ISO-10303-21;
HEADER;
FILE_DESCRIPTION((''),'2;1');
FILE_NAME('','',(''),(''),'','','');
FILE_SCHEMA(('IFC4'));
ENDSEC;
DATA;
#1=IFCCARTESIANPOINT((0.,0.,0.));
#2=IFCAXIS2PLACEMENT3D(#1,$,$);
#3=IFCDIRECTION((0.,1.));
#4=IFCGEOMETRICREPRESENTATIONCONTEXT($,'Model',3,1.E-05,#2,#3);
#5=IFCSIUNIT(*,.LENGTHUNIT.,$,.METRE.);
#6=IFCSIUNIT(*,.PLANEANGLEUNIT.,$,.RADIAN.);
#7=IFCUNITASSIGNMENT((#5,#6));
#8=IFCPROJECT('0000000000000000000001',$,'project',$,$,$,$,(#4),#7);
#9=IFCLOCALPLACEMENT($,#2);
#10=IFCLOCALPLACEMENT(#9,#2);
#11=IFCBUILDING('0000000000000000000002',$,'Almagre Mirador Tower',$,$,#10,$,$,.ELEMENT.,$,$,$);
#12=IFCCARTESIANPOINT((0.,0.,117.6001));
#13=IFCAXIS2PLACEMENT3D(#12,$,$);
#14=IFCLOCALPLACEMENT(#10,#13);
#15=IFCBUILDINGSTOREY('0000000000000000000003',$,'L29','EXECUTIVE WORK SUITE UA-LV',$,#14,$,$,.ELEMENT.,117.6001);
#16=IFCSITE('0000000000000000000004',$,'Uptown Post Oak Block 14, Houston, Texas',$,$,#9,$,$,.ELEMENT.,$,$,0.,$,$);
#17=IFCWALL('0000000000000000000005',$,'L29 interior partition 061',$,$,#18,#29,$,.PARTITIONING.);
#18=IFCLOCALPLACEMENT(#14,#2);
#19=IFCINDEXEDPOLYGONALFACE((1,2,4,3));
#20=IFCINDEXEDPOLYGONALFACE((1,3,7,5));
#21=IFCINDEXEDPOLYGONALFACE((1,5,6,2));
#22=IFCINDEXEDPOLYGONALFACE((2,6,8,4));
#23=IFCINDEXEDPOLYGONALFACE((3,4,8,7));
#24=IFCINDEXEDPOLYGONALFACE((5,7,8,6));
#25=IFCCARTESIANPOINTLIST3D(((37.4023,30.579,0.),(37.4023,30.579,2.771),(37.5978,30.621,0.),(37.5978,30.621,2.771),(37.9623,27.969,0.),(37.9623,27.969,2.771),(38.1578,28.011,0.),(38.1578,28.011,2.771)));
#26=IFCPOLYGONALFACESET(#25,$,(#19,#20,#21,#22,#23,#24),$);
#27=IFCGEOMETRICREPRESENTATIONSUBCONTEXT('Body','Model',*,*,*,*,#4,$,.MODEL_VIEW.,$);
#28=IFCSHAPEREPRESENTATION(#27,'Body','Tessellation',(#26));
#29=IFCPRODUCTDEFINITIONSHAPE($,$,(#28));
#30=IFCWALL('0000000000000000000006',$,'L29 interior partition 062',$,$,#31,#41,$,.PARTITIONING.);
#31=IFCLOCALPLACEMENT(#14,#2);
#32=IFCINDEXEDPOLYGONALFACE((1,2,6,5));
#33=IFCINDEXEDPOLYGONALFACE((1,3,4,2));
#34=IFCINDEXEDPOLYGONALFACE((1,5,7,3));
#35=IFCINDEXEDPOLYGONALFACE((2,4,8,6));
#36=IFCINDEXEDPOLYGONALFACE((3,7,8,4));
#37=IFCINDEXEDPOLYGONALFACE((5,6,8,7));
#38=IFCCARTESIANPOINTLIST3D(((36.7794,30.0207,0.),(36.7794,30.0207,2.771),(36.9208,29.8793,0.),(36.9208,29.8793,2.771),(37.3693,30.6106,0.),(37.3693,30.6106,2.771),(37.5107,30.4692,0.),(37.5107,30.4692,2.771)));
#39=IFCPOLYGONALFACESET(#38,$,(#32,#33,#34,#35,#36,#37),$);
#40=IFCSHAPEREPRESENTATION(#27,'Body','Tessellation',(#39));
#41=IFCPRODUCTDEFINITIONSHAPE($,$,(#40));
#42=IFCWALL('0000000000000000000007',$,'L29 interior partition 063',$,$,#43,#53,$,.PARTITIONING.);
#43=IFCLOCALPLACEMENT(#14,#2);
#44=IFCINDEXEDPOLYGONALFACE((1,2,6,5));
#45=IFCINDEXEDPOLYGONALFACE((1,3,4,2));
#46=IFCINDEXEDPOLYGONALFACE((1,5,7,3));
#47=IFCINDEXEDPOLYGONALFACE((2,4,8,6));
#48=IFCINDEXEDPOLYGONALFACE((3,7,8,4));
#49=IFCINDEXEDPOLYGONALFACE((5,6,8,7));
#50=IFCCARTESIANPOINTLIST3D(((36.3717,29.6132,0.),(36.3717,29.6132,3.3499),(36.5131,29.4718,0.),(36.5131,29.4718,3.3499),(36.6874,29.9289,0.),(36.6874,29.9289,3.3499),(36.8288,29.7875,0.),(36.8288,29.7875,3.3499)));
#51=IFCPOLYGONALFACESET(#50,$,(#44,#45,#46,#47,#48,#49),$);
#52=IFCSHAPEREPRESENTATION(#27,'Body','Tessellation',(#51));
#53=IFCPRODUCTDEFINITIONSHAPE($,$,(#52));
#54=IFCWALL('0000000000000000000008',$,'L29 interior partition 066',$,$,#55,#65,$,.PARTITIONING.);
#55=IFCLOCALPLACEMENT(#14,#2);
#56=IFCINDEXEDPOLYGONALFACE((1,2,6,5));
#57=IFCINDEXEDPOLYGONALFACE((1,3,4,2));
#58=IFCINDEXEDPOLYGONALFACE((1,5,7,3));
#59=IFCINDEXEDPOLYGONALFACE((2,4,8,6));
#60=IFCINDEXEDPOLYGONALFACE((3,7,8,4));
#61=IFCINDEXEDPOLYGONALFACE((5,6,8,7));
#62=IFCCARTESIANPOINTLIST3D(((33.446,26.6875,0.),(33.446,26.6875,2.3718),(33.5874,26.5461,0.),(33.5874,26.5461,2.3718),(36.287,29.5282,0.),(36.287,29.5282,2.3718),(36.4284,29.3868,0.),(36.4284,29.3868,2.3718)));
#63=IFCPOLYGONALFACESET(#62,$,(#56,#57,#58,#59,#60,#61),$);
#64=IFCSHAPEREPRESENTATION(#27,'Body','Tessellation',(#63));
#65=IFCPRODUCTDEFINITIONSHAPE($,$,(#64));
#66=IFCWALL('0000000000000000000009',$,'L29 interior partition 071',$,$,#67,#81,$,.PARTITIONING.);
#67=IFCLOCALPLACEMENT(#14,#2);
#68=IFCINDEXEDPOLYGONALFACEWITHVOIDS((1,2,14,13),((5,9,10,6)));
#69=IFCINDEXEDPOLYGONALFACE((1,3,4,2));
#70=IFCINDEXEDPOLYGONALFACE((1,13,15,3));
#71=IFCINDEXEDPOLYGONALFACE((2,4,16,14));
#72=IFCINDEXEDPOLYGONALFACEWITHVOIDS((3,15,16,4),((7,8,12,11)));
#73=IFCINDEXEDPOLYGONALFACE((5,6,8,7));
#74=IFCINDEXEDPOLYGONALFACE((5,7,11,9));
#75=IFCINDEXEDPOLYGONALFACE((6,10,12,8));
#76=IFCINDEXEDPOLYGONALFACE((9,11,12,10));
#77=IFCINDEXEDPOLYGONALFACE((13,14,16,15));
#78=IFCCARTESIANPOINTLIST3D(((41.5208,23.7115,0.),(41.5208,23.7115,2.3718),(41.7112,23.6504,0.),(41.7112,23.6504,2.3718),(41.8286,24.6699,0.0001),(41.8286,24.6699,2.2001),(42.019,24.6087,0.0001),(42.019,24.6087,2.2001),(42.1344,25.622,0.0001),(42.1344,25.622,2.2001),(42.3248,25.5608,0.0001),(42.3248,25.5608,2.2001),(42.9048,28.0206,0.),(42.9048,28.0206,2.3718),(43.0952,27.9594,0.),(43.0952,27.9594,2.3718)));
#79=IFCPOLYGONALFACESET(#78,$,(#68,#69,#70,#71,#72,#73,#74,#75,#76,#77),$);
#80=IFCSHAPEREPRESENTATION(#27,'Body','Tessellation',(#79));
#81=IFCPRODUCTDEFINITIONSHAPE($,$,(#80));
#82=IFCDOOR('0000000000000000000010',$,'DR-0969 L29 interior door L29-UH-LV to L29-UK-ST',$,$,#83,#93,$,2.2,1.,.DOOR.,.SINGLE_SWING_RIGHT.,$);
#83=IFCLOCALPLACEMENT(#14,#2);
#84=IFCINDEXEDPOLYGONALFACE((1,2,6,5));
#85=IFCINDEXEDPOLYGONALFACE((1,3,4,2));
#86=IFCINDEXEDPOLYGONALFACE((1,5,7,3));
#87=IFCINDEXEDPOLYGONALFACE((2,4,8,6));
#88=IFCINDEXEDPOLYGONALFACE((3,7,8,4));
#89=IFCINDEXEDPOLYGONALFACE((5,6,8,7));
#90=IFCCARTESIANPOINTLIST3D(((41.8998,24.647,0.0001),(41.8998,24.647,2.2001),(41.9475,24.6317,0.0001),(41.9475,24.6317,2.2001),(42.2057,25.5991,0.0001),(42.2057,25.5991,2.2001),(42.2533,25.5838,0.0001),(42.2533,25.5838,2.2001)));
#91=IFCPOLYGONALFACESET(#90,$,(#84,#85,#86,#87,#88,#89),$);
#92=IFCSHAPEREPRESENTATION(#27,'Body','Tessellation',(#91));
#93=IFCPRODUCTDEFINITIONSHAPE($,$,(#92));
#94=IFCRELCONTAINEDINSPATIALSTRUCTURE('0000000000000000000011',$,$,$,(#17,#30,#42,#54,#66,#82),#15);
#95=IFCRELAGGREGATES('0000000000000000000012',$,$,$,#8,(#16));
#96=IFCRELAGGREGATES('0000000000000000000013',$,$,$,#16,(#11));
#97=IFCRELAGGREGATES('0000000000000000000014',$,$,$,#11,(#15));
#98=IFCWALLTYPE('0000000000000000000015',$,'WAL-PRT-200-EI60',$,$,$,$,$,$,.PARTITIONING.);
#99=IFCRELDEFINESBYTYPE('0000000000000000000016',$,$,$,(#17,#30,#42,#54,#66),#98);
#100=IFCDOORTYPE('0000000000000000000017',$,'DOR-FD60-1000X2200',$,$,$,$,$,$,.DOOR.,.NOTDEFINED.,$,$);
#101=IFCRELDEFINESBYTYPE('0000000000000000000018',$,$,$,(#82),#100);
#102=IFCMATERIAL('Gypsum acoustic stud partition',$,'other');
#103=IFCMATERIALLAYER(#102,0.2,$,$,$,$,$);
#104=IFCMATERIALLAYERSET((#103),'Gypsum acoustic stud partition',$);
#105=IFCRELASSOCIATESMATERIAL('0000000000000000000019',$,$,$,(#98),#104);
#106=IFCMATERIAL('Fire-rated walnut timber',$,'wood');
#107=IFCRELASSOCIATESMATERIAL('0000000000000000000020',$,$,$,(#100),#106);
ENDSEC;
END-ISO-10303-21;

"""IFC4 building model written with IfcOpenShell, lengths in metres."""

from ifc_helpers import new_model, si_unit, direction, frame, frame_2d, origin, place, context, subcontext, project, spatial, rectangle, extrude, material, layer, layer_set, type_object, element, fill, save


model = new_model("IFC4")

# Units and contexts
model_context = context("Model", 3, precision=1e-05, world=origin(), true_north=direction((0.0, 1.0)))
body_context = subcontext(model_context, "Body", "Model", "MODEL_VIEW")
ifc_project = project(units=[si_unit("LENGTHUNIT", "METRE"), si_unit("PLANEANGLEUNIT", "RADIAN")], contexts=[model_context])

# Site, building, storey
site_placement = place(None, origin())
site = spatial("IfcSite", under=ifc_project, at=site_placement, Name="Uptown Post Oak Block 14, Houston, Texas", CompositionType="ELEMENT", RefElevation=0.0)
building_placement = place(site_placement, origin())
building = spatial("IfcBuilding", under=site, at=building_placement, Name="Almagre Mirador Tower", CompositionType="ELEMENT")
storey_placement = place(building_placement, frame((0.0, 0.0, 117.6001)))
storey = spatial("IfcBuildingStorey", under=building, at=storey_placement, Name="L29", Description="EXECUTIVE WORK SUITE UA-LV", CompositionType="ELEMENT", Elevation=117.6001)

# Walls
ifc_material_1 = material(Name="Gypsum acoustic stud partition", Category="other")
ifc_layer_1 = layer(ifc_material_1, 0.2)
ifc_layer_set_1 = layer_set([ifc_layer_1], Name="Gypsum acoustic stud partition")
wall_type_1 = type_object("IfcWallType", Name="WAL-PRT-200-EI60", PredefinedType="PARTITIONING", material=ifc_layer_set_1)
wall_1_placement = place(storey_placement, frame((38.0601, 27.99, 0.0), z_axis=(0.0, 0.0, 1.0), x_axis=(-0.209798, 0.977745, 0.0)))
element("IfcWall", 1, at=wall_1_placement, inside=storey, type_object=wall_type_1, Name="L29 interior partition 061", PredefinedType="PARTITIONING", context=body_context, shape_type="SweptSolid", body=[
    extrude(rectangle(XDim=2.6694, YDim=0.2, at=frame_2d((1.3347, 0.0))), origin(), (0.0, 0.0, 1.0), 2.771),
])
wall_2_placement = place(storey_placement, frame((37.4399, 30.5398, 0.0), z_axis=(0.0, 0.0, 1.0), x_axis=(-0.707107, -0.707107, 0.0)))
element("IfcWall", 2, at=wall_2_placement, inside=storey, type_object=wall_type_1, Name="L29 interior partition 062", PredefinedType="PARTITIONING", context=body_context, shape_type="SweptSolid", body=[
    extrude(rectangle(XDim=0.8342, YDim=0.2, at=frame_2d((0.417, 0.0))), origin(), (0.0, 0.0, 1.0), 2.771),
])
wall_3_placement = place(storey_placement, frame((36.7581, 29.8582, 0.0), z_axis=(0.0, 0.0, 1.0), x_axis=(-0.707107, -0.707107, 0.0)))
element("IfcWall", 3, at=wall_3_placement, inside=storey, type_object=wall_type_1, Name="L29 interior partition 063", PredefinedType="PARTITIONING", context=body_context, shape_type="SweptSolid", body=[
    extrude(rectangle(XDim=0.4465, YDim=0.2, at=frame_2d((0.2231, 0.0))), origin(), (0.0, 0.0, 1.0), 3.3499),
])
wall_4_placement = place(storey_placement, frame((36.3577, 29.4575, 0.0), z_axis=(0.0, 0.0, 1.0), x_axis=(-0.707137, -0.707076, 0.0)))
element("IfcWall", 4, at=wall_4_placement, inside=storey, type_object=wall_type_1, Name="L29 interior partition 066", PredefinedType="PARTITIONING", context=body_context, shape_type="SweptSolid", body=[
    extrude(rectangle(XDim=4.0176, YDim=0.2, at=frame_2d((2.0088, 0.0))), origin(), (0.0, 0.0, 1.0), 2.3718),
])

# Wall, opening, door
wall_5_placement = place(storey_placement, frame((43.0, 27.99, 0.0), z_axis=(0.0, 0.0, 1.0), x_axis=(-0.305803, -0.952095, 0.0)))
wall_5 = element("IfcWall", 5, at=wall_5_placement, inside=storey, type_object=wall_type_1, Name="L29 interior partition 071", PredefinedType="PARTITIONING", context=body_context, shape_type="SweptSolid", body=[
    extrude(rectangle(XDim=4.5259, YDim=0.2, at=frame_2d((2.2629, 0.0))), origin(), (0.0, 0.0, 1.0), 2.3718),
])
opening_1_placement = place(wall_5_placement, frame((2.5193, 0.0, 0.0)))
opening_1 = element("IfcOpeningElement", 6, at=opening_1_placement, cuts=wall_5, PredefinedType="OPENING", context=body_context, shape_type="SweptSolid", body=[
    extrude(rectangle(XDim=1.0, YDim=2.2, at=frame_2d((0.5, 1.1001))), frame((0.0, 0.1101, 0.0), z_axis=(0.0, -1.0, 0.0), x_axis=(1.0, 0.0, 0.0)), (0.0, 0.0, 1.0), 0.22),
])
ifc_material_2 = material(Name="Fire-rated walnut timber", Category="wood")
door_type_1 = type_object("IfcDoorType", Name="DOR-FD60-1000X2200", OperationType="NOTDEFINED", PredefinedType="DOOR", material=ifc_material_2)
door_1_placement = place(opening_1_placement, origin())
door_1 = element("IfcDoor", 7, at=door_1_placement, inside=storey, type_object=door_type_1, Name="DR-0969 L29 interior door L29-UH-LV to L29-UK-ST", OperationType="SINGLE_SWING_RIGHT", OverallHeight=2.2, OverallWidth=1.0, PredefinedType="DOOR", context=body_context, shape_type="SweptSolid", body=[
    extrude(rectangle(XDim=1.0, YDim=2.2, at=frame_2d((0.5, 1.1001))), frame((0.0, 0.0249, 0.0), z_axis=(0.0, -1.0, 0.0), x_axis=(1.0, 0.0, 0.0)), (0.0, 0.0, 1.0), 0.05),
])
fill(opening_1, door_1)

save(model, "model.ifc")
